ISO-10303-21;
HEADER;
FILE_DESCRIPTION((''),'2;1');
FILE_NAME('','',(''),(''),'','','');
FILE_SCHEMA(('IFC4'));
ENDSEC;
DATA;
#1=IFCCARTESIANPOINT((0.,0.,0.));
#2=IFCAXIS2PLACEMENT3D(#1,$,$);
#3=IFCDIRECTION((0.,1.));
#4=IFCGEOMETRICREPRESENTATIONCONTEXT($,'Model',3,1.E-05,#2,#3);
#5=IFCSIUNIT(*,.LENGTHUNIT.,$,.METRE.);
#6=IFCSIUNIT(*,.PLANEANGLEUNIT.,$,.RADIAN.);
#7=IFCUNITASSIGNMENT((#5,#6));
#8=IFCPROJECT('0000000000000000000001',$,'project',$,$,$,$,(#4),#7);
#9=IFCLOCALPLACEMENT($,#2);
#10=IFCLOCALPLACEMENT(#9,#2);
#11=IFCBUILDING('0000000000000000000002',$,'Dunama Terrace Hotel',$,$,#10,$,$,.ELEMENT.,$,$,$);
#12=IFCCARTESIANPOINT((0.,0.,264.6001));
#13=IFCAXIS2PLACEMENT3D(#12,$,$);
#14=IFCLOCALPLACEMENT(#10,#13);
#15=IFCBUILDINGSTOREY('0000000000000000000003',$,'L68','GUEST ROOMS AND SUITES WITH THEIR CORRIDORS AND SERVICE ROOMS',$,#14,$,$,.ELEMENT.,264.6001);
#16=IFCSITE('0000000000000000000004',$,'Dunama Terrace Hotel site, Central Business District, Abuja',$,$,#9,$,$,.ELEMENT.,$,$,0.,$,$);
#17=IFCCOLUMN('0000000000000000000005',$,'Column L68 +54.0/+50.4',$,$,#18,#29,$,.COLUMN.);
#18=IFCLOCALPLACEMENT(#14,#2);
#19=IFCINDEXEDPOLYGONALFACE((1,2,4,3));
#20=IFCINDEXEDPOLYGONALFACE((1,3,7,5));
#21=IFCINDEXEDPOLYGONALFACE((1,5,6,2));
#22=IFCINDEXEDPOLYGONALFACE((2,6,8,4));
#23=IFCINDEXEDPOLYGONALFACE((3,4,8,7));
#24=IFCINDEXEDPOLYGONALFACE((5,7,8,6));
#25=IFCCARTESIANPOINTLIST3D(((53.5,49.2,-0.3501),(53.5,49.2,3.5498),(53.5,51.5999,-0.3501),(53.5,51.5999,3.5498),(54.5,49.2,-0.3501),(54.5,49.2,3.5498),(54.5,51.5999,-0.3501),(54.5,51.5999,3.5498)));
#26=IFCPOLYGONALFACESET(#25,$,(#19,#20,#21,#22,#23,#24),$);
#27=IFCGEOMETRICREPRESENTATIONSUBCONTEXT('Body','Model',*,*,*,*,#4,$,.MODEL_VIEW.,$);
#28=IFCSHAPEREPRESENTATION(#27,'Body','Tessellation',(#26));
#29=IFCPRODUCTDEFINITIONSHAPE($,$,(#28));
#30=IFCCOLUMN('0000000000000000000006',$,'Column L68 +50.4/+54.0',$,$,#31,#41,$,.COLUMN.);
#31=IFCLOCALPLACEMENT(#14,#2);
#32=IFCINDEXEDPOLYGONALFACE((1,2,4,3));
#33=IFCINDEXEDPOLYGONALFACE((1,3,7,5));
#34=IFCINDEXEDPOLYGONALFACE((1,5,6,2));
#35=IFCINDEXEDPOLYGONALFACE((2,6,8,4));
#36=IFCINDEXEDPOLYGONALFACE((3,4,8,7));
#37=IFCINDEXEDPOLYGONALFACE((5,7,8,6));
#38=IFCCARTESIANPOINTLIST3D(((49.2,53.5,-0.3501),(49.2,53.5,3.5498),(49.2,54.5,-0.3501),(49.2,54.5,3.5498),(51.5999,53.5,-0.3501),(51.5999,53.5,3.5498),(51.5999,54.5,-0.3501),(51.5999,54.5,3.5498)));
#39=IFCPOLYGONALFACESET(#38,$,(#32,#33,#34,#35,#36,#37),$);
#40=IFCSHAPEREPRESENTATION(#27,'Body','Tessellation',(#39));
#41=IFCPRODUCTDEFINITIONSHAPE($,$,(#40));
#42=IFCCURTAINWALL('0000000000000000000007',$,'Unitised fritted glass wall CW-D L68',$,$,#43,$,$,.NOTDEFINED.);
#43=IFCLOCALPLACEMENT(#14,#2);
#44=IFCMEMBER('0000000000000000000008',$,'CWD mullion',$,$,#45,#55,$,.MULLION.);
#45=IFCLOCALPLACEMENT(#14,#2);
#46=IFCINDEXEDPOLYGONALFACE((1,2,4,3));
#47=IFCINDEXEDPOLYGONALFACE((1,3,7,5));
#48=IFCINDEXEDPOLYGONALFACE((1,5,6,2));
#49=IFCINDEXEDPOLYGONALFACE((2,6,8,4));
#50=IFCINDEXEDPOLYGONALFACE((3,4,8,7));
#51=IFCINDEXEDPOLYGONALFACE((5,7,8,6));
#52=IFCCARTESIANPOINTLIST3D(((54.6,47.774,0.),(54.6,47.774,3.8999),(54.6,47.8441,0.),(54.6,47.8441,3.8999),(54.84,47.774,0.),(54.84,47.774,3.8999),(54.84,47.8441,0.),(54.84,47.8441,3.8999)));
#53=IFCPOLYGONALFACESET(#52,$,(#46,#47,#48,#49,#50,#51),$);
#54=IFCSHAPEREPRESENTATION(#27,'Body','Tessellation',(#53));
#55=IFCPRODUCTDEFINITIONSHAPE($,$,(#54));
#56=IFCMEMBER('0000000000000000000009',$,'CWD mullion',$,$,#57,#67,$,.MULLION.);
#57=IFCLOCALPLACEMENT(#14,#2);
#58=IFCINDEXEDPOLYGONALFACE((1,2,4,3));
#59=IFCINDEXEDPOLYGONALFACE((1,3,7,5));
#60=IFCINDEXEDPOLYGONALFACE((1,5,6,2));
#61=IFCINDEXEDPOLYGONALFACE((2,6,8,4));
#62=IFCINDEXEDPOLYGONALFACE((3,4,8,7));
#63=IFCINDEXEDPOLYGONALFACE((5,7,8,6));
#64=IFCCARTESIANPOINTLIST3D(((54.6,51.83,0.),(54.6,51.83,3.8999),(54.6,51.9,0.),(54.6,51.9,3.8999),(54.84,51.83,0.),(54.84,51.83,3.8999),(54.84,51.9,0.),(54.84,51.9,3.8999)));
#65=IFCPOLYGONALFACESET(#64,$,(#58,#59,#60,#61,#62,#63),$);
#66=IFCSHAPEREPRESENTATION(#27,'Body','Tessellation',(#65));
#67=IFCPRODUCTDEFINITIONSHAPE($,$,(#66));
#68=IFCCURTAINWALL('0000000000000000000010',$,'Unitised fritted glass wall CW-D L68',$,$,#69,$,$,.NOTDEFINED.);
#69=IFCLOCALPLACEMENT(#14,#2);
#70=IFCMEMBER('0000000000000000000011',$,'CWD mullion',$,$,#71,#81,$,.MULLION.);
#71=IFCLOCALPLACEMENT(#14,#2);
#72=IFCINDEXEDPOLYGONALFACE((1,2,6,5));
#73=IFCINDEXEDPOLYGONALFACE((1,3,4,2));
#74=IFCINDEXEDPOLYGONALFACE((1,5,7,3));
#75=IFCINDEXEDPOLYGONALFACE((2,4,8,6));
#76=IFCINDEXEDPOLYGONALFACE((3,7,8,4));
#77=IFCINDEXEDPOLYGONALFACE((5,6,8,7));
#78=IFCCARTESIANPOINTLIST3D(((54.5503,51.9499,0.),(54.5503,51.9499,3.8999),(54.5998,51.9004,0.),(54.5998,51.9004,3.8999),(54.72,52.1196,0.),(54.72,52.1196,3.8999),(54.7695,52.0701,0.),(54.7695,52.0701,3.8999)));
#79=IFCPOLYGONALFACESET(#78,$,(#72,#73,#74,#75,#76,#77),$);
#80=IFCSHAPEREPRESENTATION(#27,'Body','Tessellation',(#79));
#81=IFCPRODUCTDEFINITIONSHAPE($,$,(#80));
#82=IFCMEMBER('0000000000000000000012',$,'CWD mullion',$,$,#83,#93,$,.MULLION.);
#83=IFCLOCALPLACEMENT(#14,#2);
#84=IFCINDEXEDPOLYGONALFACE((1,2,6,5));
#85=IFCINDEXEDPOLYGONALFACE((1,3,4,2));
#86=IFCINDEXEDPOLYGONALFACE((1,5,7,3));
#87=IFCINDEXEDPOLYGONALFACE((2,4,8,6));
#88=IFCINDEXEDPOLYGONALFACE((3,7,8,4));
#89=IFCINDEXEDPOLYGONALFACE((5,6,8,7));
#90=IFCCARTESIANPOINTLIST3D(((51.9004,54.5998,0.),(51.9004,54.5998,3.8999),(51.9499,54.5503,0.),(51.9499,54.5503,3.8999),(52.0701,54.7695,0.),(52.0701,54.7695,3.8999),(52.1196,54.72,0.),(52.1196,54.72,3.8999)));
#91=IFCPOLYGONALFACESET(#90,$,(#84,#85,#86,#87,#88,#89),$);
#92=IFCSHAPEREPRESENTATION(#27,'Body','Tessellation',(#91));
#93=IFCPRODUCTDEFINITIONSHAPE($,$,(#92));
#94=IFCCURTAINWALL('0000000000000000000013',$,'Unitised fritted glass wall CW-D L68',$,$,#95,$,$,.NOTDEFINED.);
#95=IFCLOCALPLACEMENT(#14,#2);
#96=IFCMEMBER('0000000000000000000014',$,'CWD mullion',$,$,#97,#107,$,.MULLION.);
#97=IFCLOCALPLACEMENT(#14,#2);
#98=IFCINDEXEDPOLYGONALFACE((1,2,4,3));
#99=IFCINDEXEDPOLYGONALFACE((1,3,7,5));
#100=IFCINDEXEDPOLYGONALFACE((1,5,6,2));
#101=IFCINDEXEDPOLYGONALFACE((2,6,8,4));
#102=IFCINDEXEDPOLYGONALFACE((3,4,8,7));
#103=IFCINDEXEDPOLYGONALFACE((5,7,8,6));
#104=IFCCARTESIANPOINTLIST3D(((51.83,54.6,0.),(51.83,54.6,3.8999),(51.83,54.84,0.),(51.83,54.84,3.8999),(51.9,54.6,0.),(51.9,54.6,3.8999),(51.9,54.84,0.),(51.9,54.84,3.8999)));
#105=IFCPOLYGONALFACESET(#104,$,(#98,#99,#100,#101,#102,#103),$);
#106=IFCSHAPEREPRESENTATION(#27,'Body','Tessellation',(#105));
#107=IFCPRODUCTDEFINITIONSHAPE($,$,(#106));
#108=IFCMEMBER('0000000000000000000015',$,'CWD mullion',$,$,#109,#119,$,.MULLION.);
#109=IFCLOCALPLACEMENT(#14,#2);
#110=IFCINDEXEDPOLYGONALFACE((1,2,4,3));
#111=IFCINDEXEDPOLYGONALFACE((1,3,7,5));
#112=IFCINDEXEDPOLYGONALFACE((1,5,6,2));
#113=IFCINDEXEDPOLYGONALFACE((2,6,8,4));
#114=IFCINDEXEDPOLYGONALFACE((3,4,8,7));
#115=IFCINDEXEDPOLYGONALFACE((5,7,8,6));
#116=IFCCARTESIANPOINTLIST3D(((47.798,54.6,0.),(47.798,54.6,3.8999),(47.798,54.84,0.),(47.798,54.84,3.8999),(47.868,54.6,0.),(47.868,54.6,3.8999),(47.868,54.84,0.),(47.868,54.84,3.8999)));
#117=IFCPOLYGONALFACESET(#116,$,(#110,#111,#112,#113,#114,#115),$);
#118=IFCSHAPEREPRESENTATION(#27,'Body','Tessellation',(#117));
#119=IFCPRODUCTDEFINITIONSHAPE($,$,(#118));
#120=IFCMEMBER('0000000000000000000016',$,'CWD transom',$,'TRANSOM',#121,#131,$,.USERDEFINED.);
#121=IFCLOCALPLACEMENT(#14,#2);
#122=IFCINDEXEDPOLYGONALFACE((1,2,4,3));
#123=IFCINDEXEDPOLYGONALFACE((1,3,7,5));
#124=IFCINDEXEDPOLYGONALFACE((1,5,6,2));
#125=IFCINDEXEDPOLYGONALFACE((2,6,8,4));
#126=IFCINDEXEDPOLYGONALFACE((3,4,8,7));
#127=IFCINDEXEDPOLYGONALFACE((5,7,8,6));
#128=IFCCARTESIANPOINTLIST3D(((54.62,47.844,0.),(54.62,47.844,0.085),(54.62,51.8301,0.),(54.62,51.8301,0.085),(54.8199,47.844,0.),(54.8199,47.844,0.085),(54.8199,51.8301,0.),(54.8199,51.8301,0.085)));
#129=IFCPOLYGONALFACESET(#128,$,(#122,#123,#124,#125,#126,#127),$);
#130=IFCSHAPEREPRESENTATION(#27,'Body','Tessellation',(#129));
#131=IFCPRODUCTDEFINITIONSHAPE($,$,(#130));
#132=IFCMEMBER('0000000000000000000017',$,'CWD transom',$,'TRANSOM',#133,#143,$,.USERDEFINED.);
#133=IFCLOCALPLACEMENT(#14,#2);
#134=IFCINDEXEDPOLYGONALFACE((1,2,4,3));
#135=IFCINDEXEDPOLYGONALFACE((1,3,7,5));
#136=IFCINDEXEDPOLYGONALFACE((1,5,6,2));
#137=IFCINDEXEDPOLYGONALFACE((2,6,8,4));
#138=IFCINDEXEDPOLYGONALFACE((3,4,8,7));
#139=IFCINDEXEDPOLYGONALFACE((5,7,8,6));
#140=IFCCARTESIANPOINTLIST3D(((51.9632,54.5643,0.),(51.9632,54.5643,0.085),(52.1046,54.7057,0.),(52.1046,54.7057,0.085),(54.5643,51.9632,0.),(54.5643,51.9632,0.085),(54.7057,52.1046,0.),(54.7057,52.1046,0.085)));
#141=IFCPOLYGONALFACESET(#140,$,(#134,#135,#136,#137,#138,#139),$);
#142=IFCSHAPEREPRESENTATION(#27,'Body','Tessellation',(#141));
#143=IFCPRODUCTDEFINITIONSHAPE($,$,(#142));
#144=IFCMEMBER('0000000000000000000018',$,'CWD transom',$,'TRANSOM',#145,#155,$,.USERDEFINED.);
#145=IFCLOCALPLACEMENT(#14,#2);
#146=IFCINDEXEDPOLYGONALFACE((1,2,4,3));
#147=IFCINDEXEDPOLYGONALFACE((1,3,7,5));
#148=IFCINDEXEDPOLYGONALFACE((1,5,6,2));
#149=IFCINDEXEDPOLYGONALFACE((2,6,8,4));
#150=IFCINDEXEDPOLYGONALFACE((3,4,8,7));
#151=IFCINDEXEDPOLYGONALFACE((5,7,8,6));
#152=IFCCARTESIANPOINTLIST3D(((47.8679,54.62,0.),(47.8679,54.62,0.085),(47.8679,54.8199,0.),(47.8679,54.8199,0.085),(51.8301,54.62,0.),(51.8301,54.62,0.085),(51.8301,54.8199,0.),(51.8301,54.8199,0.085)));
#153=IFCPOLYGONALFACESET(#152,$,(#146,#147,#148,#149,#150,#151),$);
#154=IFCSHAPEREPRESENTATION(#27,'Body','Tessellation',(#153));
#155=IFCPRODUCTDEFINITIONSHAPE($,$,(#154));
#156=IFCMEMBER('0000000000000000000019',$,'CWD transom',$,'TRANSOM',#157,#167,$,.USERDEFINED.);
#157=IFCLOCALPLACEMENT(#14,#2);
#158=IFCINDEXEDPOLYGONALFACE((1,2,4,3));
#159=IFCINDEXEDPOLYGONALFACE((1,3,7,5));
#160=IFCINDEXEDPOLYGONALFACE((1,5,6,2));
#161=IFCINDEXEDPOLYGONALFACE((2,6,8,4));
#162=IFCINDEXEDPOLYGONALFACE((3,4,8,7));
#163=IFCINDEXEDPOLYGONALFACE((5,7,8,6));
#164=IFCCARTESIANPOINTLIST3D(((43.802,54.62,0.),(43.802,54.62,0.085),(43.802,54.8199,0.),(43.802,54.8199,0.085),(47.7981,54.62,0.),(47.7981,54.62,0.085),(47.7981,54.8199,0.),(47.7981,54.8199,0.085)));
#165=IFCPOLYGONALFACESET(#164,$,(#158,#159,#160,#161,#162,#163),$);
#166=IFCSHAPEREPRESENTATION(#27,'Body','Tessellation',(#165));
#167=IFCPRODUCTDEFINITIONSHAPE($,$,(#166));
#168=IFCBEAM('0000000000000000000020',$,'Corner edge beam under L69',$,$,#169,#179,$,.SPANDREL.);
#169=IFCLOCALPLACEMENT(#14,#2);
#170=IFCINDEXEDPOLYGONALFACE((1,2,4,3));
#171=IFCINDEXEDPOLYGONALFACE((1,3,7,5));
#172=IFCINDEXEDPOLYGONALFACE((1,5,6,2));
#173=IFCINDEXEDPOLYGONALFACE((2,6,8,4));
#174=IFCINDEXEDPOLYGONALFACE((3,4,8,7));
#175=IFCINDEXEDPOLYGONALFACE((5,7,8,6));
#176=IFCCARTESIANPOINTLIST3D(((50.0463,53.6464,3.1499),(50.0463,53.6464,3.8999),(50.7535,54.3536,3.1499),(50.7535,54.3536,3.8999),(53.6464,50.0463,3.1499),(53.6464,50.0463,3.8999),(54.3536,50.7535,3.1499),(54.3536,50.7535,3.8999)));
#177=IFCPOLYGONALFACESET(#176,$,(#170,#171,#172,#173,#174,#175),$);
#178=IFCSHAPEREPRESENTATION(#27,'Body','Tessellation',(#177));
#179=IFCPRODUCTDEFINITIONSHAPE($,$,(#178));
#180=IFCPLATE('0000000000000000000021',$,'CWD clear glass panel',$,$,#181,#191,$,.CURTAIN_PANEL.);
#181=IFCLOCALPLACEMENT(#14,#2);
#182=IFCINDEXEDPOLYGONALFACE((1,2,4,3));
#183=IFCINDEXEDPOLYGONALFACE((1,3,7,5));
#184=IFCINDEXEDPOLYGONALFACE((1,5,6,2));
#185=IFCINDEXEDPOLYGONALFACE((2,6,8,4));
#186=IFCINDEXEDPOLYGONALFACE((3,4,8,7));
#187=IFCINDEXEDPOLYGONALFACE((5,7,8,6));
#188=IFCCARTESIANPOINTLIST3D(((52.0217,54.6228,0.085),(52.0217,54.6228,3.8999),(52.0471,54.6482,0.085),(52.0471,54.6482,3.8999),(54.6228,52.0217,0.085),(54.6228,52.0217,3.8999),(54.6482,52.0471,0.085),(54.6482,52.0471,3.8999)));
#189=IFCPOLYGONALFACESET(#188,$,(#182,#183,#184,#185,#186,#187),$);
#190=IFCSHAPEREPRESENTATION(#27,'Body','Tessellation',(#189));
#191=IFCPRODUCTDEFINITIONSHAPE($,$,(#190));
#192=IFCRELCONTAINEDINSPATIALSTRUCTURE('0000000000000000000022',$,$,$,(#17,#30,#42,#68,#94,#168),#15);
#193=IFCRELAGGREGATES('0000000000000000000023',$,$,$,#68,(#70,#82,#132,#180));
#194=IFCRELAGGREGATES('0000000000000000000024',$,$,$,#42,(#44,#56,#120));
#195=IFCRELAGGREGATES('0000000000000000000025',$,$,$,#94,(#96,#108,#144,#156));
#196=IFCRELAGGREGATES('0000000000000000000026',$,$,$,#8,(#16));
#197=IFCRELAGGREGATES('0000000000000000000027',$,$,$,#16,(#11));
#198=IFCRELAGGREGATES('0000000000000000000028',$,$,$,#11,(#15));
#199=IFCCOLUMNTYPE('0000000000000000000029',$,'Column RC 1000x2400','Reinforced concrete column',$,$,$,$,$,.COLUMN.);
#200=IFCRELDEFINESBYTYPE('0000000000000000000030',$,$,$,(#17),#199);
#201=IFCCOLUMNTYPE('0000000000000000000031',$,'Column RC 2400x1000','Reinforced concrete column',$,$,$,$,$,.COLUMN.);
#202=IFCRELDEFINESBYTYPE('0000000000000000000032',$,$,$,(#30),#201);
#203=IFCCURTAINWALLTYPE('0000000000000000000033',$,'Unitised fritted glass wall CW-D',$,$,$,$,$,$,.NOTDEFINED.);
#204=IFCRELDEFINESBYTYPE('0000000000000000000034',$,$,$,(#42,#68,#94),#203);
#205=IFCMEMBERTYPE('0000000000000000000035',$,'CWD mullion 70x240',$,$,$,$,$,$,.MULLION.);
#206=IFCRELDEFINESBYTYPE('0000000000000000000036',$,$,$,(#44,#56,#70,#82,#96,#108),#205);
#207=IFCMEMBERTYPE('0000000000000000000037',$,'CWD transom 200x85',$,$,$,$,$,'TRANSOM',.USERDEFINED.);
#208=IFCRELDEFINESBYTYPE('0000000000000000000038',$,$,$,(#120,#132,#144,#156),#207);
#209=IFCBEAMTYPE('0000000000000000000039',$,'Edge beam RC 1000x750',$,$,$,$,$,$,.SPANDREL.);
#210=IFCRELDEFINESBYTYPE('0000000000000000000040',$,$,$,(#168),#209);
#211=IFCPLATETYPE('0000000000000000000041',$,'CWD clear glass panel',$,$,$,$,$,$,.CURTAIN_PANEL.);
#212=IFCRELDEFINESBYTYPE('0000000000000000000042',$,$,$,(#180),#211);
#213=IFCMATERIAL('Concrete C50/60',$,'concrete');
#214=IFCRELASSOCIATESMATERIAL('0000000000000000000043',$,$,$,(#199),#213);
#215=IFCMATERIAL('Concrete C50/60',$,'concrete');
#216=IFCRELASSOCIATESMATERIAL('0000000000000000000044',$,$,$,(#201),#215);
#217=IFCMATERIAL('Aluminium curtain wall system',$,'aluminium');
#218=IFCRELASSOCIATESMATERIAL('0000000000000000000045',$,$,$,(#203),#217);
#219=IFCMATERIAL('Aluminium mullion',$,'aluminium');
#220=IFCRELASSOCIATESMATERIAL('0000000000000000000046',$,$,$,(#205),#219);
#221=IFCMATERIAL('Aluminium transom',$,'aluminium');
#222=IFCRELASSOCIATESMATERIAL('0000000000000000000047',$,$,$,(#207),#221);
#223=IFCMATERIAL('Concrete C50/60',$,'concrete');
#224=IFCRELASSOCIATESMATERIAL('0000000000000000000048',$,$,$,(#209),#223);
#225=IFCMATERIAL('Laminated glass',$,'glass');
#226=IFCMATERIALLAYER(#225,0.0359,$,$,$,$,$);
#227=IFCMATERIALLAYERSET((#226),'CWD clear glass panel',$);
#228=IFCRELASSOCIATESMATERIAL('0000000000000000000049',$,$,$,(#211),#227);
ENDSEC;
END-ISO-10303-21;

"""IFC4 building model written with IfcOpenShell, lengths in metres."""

from ifc_helpers import new_model, si_unit, direction, frame, origin, origin_2d, place, context, subcontext, project, spatial, rectangle, extrude, material, layer, layer_set, material_profile, profile_set, type_object, element, aggregate, save


model = new_model("IFC4")

# Units and contexts
model_context = context("Model", 3, precision=1e-05, world=origin(), true_north=direction((0.0, 1.0)))
body_context = subcontext(model_context, "Body", "Model", "MODEL_VIEW")
ifc_project = project(units=[si_unit("LENGTHUNIT", "METRE"), si_unit("PLANEANGLEUNIT", "RADIAN")], contexts=[model_context])

# Site, building, storey
site_placement = place(None, origin())
site = spatial("IfcSite", under=ifc_project, at=site_placement, Name="Dunama Terrace Hotel site, Central Business District, Abuja", CompositionType="ELEMENT", RefElevation=0.0)
building_placement = place(site_placement, origin())
building = spatial("IfcBuilding", under=site, at=building_placement, Name="Dunama Terrace Hotel", CompositionType="ELEMENT")
storey_placement = place(building_placement, frame((0.0, 0.0, 264.6001)))
storey = spatial("IfcBuildingStorey", under=building, at=storey_placement, Name="L68", Description="GUEST ROOMS AND SUITES WITH THEIR CORRIDORS AND SERVICE ROOMS", CompositionType="ELEMENT", Elevation=264.6001)

# Columns
ifc_material_1 = material(Name="Concrete C50/60", Category="concrete")
ifc_material_profile_1 = material_profile(ifc_material_1, rectangle(XDim=1.0, YDim=2.3999, at=origin_2d()), Name="RC 1000x2400")
ifc_profile_set_1 = profile_set([ifc_material_profile_1], Name="Concrete C50/60")
column_type_1 = type_object("IfcColumnType", Name="Column RC 1000x2400", Description="Reinforced concrete column", PredefinedType="COLUMN", material=ifc_profile_set_1)
column_1_placement = place(storey_placement, frame((54.0, 50.3999, -0.3501), z_axis=(0.0, 0.0, 1.0), x_axis=(1.0, 0.0, 0.0)))
element("IfcColumn", 1, at=column_1_placement, inside=storey, type_object=column_type_1, Name="Column L68 +54.0/+50.4", PredefinedType="COLUMN", context=body_context, shape_type="SweptSolid", body=[
    extrude(rectangle(XDim=1.0, YDim=2.3999, at=origin_2d()), origin(), (0.0, 0.0, 1.0), 3.8999),
])
ifc_material_2 = material(Name="Concrete C50/60", Category="concrete")
ifc_material_profile_2 = material_profile(ifc_material_2, rectangle(XDim=2.3999, YDim=1.0, at=origin_2d()), Name="RC 2400x1000")
ifc_profile_set_2 = profile_set([ifc_material_profile_2], Name="Concrete C50/60")
column_type_2 = type_object("IfcColumnType", Name="Column RC 2400x1000", Description="Reinforced concrete column", PredefinedType="COLUMN", material=ifc_profile_set_2)
column_2_placement = place(storey_placement, frame((50.3999, 54.0, -0.3501), z_axis=(0.0, 0.0, 1.0), x_axis=(1.0, 0.0, 0.0)))
element("IfcColumn", 2, at=column_2_placement, inside=storey, type_object=column_type_2, Name="Column L68 +50.4/+54.0", PredefinedType="COLUMN", context=body_context, shape_type="SweptSolid", body=[
    extrude(rectangle(XDim=2.3999, YDim=1.0, at=origin_2d()), origin(), (0.0, 0.0, 1.0), 3.8999),
])

# Curtain walls, members
ifc_material_3 = material(Name="Aluminium curtain wall system", Category="aluminium")
curtain_wall_type = type_object("IfcCurtainWallType", Name="Unitised fritted glass wall CW-D", PredefinedType="NOTDEFINED", material=ifc_material_3)
curtain_wall_1_placement = place(storey_placement, origin())
curtain_wall_1 = element("IfcCurtainWall", 3, at=curtain_wall_1_placement, inside=storey, type_object=curtain_wall_type, Name="Unitised fritted glass wall CW-D L68", PredefinedType="NOTDEFINED")
ifc_material_4 = material(Name="Aluminium mullion", Category="aluminium")
ifc_material_profile_3 = material_profile(ifc_material_4, rectangle(XDim=0.0701, YDim=0.24, at=origin_2d()), Name="CWD MULLION 70X240")
ifc_profile_set_3 = profile_set([ifc_material_profile_3], Name="Aluminium mullion")
member_type_1 = type_object("IfcMemberType", Name="CWD mullion 70x240", PredefinedType="MULLION", material=ifc_profile_set_3)
member_1_placement = place(storey_placement, frame((54.72, 47.8091, 0.0), z_axis=(0.0, 0.0, 1.0), x_axis=(0.0, 1.0, 0.0)))
member_1 = element("IfcMember", 4, at=member_1_placement, type_object=member_type_1, Name="CWD mullion", PredefinedType="MULLION", context=body_context, shape_type="SweptSolid", body=[
    extrude(rectangle(XDim=0.0701, YDim=0.24, at=origin_2d()), origin(), (0.0, 0.0, 1.0), 3.8999),
])
member_2_placement = place(storey_placement, frame((54.72, 51.865, 0.0), z_axis=(0.0, 0.0, 1.0), x_axis=(0.0, 1.0, 0.0)))
member_2 = element("IfcMember", 5, at=member_2_placement, type_object=member_type_1, Name="CWD mullion", PredefinedType="MULLION", context=body_context, shape_type="SweptSolid", body=[
    extrude(rectangle(XDim=0.0701, YDim=0.24, at=origin_2d()), origin(), (0.0, 0.0, 1.0), 3.8999),
])
curtain_wall_2_placement = place(storey_placement, origin())
curtain_wall_2 = element("IfcCurtainWall", 6, at=curtain_wall_2_placement, inside=storey, type_object=curtain_wall_type, Name="Unitised fritted glass wall CW-D L68", PredefinedType="NOTDEFINED")
member_3_placement = place(storey_placement, frame((54.6599, 52.01, 0.0), z_axis=(0.0, 0.0, 1.0), x_axis=(-0.707107, 0.707107, 0.0)))
member_3 = element("IfcMember", 7, at=member_3_placement, type_object=member_type_1, Name="CWD mullion", PredefinedType="MULLION", context=body_context, shape_type="SweptSolid", body=[
    extrude(rectangle(XDim=0.0701, YDim=0.24, at=origin_2d()), origin(), (0.0, 0.0, 1.0), 3.8999),
])
member_4_placement = place(storey_placement, frame((52.01, 54.6599, 0.0), z_axis=(0.0, 0.0, 1.0), x_axis=(-0.707107, 0.707107, 0.0)))
member_4 = element("IfcMember", 8, at=member_4_placement, type_object=member_type_1, Name="CWD mullion", PredefinedType="MULLION", context=body_context, shape_type="SweptSolid", body=[
    extrude(rectangle(XDim=0.0701, YDim=0.24, at=origin_2d()), origin(), (0.0, 0.0, 1.0), 3.8999),
])
curtain_wall_3_placement = place(storey_placement, origin())
curtain_wall_3 = element("IfcCurtainWall", 9, at=curtain_wall_3_placement, inside=storey, type_object=curtain_wall_type, Name="Unitised fritted glass wall CW-D L68", PredefinedType="NOTDEFINED")
member_5_placement = place(storey_placement, frame((51.865, 54.72, 0.0), z_axis=(0.0, 0.0, 1.0), x_axis=(-1.0, 0.0, 0.0)))
member_5 = element("IfcMember", 10, at=member_5_placement, type_object=member_type_1, Name="CWD mullion", PredefinedType="MULLION", context=body_context, shape_type="SweptSolid", body=[
    extrude(rectangle(XDim=0.0701, YDim=0.24, at=origin_2d()), origin(), (0.0, 0.0, 1.0), 3.8999),
])
member_6_placement = place(storey_placement, frame((47.833, 54.72, 0.0), z_axis=(0.0, 0.0, 1.0), x_axis=(-1.0, 0.0, 0.0)))
member_6 = element("IfcMember", 11, at=member_6_placement, type_object=member_type_1, Name="CWD mullion", PredefinedType="MULLION", context=body_context, shape_type="SweptSolid", body=[
    extrude(rectangle(XDim=0.0701, YDim=0.24, at=origin_2d()), origin(), (0.0, 0.0, 1.0), 3.8999),
])

# Members
ifc_material_5 = material(Name="Aluminium transom", Category="aluminium")
ifc_material_profile_4 = material_profile(ifc_material_5, rectangle(XDim=0.2, YDim=0.085, at=origin_2d()), Name="CWD TRANSOM 200X85")
ifc_profile_set_4 = profile_set([ifc_material_profile_4], Name="Aluminium transom")
member_type_2 = type_object("IfcMemberType", Name="CWD transom 200x85", ElementType="TRANSOM", PredefinedType="USERDEFINED", material=ifc_profile_set_4)
member_7_placement = place(storey_placement, frame((54.72, 47.844, 0.0425), z_axis=(0.0, 1.0, 0.0), x_axis=(-1.0, 0.0, 0.0)))
member_7 = element("IfcMember", 12, at=member_7_placement, type_object=member_type_2, Name="CWD transom", ObjectType="TRANSOM", PredefinedType="USERDEFINED", context=body_context, shape_type="SweptSolid", body=[
    extrude(rectangle(XDim=0.2, YDim=0.085, at=origin_2d()), origin(), (0.0, 0.0, 1.0), 3.9861),
])
member_8_placement = place(storey_placement, frame((54.635, 52.0339, 0.0425), z_axis=(-0.707107, 0.707107, 0.0), x_axis=(-0.707107, -0.707107, 0.0)))
member_8 = element("IfcMember", 13, at=member_8_placement, type_object=member_type_2, Name="CWD transom", ObjectType="TRANSOM", PredefinedType="USERDEFINED", context=body_context, shape_type="SweptSolid", body=[
    extrude(rectangle(XDim=0.2, YDim=0.085, at=origin_2d()), origin(), (0.0, 0.0, 1.0), 3.6785),
])
member_9_placement = place(storey_placement, frame((51.8301, 54.72, 0.0425), z_axis=(-1.0, 0.0, 0.0), x_axis=(0.0, -1.0, 0.0)))
member_9 = element("IfcMember", 14, at=member_9_placement, type_object=member_type_2, Name="CWD transom", ObjectType="TRANSOM", PredefinedType="USERDEFINED", context=body_context, shape_type="SweptSolid", body=[
    extrude(rectangle(XDim=0.2, YDim=0.085, at=origin_2d()), origin(), (0.0, 0.0, 1.0), 3.9622),
])
member_10_placement = place(storey_placement, frame((47.7981, 54.72, 0.0425), z_axis=(-1.0, 0.0, 0.0), x_axis=(0.0, -1.0, 0.0)))
member_10 = element("IfcMember", 15, at=member_10_placement, type_object=member_type_2, Name="CWD transom", ObjectType="TRANSOM", PredefinedType="USERDEFINED", context=body_context, shape_type="SweptSolid", body=[
    extrude(rectangle(XDim=0.2, YDim=0.085, at=origin_2d()), origin(), (0.0, 0.0, 1.0), 3.9961),
])

# Beam
ifc_material_6 = material(Name="Concrete C50/60", Category="concrete")
ifc_material_profile_5 = material_profile(ifc_material_6, rectangle(XDim=1.0, YDim=0.75, at=origin_2d()), Name="RC 1000x750")
ifc_profile_set_5 = profile_set([ifc_material_profile_5], Name="Concrete C50/60")
beam_type = type_object("IfcBeamType", Name="Edge beam RC 1000x750", PredefinedType="SPANDREL", material=ifc_profile_set_5)
beam_placement = place(storey_placement, frame((50.3999, 54.0, 3.5249), z_axis=(0.707107, -0.707107, 0.0), x_axis=(0.707107, 0.707107, 0.0)))
element("IfcBeam", 16, at=beam_placement, inside=storey, type_object=beam_type, Name="Corner edge beam under L69", PredefinedType="SPANDREL", context=body_context, shape_type="SweptSolid", body=[
    extrude(rectangle(XDim=1.0, YDim=0.75, at=origin_2d()), origin(), (0.0, 0.0, 1.0), 5.0913),
])

# Plate
ifc_material_7 = material(Name="Laminated glass", Category="glass")
ifc_layer_1 = layer(ifc_material_7, 0.0359)
ifc_layer_set_1 = layer_set([ifc_layer_1], Name="CWD clear glass panel")
plate_type_1 = type_object("IfcPlateType", Name="CWD clear glass panel", PredefinedType="CURTAIN_PANEL", material=ifc_layer_set_1)
plate_1_placement = place(storey_placement, frame((53.335, 53.335, 0.085), z_axis=(0.0, 0.0, 1.0), x_axis=(-0.707107, 0.707107, 0.0)))
plate_1 = element("IfcPlate", 17, at=plate_1_placement, type_object=plate_type_1, Name="CWD clear glass panel", PredefinedType="CURTAIN_PANEL", context=body_context, shape_type="SweptSolid", body=[
    extrude(rectangle(XDim=3.6785, YDim=0.0359, at=origin_2d()), origin(), (0.0, 0.0, 1.0), 3.8149),
])
aggregate(curtain_wall_2, [member_3, member_4, member_8, plate_1])
aggregate(curtain_wall_1, [member_1, member_2, member_7])
aggregate(curtain_wall_3, [member_5, member_6, member_9, member_10])

save(model, "model.ifc")
